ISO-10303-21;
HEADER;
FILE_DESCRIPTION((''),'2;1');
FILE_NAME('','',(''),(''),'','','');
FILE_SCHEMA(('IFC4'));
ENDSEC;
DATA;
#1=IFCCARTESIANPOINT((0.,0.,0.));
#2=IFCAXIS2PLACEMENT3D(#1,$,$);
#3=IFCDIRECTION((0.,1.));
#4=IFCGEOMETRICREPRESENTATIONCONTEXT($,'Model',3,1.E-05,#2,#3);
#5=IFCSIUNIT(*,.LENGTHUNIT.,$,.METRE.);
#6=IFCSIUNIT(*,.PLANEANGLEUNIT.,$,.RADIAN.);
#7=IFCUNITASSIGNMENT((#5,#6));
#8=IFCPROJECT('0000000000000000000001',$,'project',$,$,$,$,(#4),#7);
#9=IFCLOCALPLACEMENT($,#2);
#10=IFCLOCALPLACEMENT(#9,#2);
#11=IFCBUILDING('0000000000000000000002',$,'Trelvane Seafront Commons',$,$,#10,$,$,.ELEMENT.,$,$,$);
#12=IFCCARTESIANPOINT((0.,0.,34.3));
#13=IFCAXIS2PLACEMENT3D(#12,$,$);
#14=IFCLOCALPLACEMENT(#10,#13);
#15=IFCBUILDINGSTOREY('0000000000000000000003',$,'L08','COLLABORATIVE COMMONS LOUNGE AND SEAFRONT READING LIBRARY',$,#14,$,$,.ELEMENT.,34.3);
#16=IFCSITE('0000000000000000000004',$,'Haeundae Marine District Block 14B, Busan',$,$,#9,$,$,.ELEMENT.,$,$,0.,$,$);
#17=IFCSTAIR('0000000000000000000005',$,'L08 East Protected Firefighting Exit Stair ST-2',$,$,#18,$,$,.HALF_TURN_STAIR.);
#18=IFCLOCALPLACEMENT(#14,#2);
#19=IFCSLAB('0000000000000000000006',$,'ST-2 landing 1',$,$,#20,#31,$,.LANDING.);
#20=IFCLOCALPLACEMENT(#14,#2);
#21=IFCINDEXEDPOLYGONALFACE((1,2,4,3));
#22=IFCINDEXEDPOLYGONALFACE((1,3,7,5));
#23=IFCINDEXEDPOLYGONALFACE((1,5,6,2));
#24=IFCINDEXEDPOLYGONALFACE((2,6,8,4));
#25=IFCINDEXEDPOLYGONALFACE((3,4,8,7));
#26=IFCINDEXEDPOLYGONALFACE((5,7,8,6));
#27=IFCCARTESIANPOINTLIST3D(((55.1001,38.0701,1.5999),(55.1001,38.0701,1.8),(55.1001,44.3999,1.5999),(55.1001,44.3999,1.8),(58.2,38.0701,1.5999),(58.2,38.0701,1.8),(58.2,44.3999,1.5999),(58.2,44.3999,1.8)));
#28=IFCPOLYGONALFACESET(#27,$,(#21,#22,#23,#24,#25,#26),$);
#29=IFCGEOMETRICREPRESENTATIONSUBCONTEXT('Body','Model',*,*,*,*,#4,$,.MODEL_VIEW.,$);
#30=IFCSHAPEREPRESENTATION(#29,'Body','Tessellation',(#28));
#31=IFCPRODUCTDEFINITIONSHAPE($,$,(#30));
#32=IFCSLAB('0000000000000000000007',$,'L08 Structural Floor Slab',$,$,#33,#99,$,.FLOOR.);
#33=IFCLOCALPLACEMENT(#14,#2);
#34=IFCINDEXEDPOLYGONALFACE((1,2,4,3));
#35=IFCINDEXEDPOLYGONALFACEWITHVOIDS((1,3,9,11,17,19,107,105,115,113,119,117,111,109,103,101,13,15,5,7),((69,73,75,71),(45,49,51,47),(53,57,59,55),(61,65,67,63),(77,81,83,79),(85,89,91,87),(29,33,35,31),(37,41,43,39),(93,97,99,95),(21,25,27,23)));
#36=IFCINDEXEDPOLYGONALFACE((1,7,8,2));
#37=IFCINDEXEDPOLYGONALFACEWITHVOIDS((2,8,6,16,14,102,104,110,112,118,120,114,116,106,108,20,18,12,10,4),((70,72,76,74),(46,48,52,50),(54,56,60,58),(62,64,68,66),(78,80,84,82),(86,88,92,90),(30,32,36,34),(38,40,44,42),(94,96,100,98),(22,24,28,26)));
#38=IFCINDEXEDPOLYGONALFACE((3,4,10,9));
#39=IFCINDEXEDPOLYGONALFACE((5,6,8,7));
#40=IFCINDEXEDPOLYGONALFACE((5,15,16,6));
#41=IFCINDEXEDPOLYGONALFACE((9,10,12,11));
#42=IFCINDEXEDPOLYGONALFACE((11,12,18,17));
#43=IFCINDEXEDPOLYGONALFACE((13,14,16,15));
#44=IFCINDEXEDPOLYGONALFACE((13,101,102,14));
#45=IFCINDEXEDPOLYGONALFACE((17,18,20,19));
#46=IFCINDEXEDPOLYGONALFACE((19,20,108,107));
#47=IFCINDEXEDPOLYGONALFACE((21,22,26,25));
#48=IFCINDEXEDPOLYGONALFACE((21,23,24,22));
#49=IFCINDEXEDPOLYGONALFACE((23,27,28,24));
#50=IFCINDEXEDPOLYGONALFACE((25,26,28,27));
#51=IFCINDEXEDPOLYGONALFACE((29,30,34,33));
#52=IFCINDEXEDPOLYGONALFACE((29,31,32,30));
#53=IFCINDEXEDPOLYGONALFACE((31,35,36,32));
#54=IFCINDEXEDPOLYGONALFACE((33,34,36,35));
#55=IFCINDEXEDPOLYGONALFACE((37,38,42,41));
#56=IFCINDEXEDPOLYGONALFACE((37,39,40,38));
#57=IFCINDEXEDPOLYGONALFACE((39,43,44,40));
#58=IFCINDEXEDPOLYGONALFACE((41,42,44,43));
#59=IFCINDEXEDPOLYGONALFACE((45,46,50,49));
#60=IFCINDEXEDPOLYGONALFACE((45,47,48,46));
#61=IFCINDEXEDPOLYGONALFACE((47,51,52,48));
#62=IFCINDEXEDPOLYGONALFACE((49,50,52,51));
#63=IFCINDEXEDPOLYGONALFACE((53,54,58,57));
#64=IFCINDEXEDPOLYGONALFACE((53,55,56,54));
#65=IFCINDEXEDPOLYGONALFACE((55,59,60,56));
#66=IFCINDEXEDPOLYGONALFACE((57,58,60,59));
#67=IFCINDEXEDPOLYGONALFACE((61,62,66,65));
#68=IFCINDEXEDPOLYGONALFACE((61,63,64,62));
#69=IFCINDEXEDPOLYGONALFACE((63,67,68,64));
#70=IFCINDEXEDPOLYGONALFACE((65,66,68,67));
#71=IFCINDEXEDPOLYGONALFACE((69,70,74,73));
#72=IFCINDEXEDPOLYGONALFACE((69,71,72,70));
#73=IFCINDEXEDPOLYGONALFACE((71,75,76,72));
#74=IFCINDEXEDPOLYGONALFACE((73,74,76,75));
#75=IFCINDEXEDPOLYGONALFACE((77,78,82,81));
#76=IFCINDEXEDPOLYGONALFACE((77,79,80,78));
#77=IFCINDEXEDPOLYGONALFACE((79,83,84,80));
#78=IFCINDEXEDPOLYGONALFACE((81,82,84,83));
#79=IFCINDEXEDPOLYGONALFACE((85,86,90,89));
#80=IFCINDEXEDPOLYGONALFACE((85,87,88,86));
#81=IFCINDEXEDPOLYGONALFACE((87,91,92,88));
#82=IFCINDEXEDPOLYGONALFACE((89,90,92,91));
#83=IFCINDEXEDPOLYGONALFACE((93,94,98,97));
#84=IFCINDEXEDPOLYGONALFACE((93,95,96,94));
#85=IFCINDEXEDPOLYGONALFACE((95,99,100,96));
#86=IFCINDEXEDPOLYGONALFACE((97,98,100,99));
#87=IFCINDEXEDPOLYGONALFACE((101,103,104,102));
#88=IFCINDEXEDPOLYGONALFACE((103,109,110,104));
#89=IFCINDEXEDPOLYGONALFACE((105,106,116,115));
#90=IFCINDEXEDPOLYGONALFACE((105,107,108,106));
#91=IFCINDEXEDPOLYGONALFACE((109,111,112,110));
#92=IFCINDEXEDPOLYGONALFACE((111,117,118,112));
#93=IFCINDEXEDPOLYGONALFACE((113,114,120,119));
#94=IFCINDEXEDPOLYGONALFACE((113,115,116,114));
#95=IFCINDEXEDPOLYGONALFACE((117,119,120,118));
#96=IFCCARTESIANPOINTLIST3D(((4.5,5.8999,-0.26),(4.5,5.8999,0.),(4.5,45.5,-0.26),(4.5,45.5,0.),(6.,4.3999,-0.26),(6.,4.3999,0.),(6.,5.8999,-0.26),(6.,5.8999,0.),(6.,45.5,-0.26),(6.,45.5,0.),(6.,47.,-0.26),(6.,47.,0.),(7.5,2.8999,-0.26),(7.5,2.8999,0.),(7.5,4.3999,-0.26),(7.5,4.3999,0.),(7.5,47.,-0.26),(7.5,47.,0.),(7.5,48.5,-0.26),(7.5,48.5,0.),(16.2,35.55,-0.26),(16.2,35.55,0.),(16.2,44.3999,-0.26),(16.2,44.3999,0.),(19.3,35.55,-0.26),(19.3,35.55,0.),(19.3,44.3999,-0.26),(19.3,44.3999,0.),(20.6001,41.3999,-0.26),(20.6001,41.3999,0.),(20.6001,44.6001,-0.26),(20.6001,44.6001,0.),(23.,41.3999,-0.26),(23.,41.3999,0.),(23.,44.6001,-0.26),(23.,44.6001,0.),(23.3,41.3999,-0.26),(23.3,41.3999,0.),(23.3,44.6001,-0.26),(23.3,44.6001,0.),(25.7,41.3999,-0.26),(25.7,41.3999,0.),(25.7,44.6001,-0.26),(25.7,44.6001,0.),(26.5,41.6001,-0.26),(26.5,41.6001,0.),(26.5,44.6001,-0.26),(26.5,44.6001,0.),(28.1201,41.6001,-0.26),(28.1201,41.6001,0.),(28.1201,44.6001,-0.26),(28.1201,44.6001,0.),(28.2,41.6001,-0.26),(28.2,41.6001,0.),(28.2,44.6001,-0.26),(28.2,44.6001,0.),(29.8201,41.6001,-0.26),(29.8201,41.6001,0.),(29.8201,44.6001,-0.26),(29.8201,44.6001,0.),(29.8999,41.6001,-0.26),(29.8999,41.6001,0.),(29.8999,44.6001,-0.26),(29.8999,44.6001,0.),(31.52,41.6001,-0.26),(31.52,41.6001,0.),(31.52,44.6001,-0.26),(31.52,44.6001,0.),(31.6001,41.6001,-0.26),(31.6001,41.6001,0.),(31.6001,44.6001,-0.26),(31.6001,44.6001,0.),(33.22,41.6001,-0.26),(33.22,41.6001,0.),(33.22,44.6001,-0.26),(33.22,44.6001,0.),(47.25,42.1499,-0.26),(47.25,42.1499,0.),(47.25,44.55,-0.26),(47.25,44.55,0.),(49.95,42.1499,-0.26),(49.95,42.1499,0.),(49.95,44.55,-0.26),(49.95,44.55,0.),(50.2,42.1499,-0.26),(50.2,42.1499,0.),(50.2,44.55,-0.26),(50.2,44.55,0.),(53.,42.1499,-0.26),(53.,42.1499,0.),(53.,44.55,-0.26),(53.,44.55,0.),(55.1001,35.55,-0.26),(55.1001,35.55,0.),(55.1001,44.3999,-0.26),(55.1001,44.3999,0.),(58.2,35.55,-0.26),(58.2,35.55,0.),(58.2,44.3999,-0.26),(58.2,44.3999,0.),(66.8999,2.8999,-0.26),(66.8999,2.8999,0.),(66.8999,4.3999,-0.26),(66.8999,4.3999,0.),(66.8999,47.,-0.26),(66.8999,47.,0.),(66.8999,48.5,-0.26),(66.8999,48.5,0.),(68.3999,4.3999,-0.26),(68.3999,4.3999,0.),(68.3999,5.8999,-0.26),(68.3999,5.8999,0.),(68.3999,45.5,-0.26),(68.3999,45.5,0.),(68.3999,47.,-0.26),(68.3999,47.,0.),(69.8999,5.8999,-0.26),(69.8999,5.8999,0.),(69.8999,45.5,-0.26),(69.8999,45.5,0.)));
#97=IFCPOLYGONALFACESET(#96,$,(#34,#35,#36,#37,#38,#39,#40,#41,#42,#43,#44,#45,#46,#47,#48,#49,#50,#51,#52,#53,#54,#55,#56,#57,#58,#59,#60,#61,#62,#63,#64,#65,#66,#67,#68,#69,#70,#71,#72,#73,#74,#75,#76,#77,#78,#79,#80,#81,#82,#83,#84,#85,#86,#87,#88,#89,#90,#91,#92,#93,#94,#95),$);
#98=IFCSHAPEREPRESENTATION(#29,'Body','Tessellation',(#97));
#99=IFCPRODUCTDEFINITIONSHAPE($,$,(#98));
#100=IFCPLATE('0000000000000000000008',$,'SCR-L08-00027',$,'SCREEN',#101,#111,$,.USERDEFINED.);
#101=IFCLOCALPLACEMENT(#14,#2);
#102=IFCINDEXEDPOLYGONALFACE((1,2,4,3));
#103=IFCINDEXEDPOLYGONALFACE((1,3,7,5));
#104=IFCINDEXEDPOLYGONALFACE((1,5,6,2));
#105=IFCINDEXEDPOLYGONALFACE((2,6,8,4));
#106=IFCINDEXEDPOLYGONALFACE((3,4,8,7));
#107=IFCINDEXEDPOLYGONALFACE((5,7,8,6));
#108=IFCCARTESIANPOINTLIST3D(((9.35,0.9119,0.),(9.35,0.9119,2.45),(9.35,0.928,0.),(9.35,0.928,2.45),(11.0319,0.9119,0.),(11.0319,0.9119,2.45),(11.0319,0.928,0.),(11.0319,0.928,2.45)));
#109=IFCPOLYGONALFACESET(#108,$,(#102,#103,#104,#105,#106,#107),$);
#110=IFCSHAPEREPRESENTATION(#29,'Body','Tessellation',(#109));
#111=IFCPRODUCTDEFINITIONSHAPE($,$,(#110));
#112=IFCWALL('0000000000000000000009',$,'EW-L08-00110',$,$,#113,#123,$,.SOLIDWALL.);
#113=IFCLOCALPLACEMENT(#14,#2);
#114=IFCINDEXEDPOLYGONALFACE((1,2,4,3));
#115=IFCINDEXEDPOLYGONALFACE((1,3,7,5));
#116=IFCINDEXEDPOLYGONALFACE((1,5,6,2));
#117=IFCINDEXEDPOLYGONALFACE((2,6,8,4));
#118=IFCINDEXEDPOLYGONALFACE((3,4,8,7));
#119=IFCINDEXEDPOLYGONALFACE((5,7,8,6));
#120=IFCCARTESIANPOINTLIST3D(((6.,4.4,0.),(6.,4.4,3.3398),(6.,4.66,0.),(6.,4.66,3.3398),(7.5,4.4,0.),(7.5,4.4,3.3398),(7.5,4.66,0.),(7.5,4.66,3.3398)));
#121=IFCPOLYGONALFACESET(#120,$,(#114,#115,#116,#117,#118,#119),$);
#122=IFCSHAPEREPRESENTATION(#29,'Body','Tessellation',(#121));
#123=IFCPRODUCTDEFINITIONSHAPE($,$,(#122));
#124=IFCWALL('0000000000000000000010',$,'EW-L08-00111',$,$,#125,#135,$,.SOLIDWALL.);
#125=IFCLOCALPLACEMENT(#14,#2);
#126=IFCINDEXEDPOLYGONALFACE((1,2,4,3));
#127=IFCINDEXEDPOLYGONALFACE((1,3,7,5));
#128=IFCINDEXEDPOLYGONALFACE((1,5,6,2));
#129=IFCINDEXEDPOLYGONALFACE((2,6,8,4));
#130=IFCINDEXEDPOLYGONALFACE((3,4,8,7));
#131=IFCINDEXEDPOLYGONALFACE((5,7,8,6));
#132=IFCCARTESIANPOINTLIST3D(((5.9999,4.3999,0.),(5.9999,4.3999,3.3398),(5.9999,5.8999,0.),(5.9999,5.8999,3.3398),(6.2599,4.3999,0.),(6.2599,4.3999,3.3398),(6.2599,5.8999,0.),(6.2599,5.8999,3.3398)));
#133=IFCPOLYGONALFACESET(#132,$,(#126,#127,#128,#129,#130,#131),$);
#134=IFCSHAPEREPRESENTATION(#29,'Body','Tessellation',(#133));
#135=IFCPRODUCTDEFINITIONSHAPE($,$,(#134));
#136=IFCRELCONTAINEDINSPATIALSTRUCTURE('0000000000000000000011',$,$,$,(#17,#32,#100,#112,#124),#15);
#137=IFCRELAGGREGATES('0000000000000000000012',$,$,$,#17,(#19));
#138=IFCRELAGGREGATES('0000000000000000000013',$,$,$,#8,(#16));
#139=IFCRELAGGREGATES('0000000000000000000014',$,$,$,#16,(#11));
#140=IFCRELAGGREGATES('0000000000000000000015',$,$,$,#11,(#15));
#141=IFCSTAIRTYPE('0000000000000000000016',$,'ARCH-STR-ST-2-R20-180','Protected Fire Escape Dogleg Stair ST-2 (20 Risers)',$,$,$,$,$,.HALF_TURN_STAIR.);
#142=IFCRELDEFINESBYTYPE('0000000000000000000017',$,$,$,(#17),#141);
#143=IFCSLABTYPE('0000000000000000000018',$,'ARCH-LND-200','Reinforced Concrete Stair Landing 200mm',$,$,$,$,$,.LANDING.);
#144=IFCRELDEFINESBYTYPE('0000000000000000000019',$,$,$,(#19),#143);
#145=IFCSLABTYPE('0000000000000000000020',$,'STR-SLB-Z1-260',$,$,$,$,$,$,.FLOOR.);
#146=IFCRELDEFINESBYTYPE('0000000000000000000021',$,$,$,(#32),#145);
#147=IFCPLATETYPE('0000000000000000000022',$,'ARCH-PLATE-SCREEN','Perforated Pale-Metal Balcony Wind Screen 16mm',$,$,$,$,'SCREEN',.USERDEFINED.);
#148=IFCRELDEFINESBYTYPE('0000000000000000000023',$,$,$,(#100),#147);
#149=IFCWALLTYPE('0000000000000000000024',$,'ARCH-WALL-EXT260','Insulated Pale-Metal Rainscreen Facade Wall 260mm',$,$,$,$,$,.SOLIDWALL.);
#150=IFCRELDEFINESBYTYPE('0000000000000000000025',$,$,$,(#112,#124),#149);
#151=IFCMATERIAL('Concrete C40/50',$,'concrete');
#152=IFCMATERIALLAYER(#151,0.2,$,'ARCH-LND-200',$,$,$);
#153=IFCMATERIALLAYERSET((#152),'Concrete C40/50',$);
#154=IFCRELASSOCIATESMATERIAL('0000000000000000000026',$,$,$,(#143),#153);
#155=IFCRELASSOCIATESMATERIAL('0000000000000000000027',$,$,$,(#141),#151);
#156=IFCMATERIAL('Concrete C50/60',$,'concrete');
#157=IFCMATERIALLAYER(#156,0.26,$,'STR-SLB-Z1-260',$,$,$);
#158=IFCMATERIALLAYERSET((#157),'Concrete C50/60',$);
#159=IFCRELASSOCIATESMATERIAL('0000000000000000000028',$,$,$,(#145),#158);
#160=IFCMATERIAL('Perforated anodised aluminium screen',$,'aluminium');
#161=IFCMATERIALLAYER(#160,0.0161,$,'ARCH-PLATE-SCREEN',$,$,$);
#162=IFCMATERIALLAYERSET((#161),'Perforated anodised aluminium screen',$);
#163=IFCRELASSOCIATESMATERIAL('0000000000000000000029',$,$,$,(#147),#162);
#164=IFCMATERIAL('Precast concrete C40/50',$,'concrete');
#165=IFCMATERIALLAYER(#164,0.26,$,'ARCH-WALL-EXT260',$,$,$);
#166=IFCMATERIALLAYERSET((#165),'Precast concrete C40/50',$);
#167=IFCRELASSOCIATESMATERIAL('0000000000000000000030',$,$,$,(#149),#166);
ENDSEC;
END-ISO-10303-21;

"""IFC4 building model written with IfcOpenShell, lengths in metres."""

from ifc_helpers import new_model, si_unit, direction, frame, frame_2d, origin, origin_2d, place, context, subcontext, project, spatial, polyline, rectangle, outline, extrude, source, transform, mapped, material, layer, layer_set, type_object, element, aggregate, save


model = new_model("IFC4")

# Units and contexts
model_context = context("Model", 3, precision=1e-05, world=origin(), true_north=direction((0.0, 1.0)))
body_context = subcontext(model_context, "Body", "Model", "MODEL_VIEW")
ifc_project = project(units=[si_unit("LENGTHUNIT", "METRE"), si_unit("PLANEANGLEUNIT", "RADIAN")], contexts=[model_context])

# Site, building, storey
site_placement = place(None, origin())
site = spatial("IfcSite", under=ifc_project, at=site_placement, Name="Haeundae Marine District Block 14B, Busan", CompositionType="ELEMENT", RefElevation=0.0)
building_placement = place(site_placement, origin())
building = spatial("IfcBuilding", under=site, at=building_placement, Name="Trelvane Seafront Commons", CompositionType="ELEMENT")
storey_placement = place(building_placement, frame((0.0, 0.0, 34.3)))
storey = spatial("IfcBuildingStorey", under=building, at=storey_placement, Name="L08", Description="COLLABORATIVE COMMONS LOUNGE AND SEAFRONT READING LIBRARY", CompositionType="ELEMENT", Elevation=34.3)

# Shared definitions
ifc_material_1 = material(Name="Concrete C40/50", Category="concrete")

# Stair, slab
ifc_layer_1 = layer(ifc_material_1, 0.2, Name="ARCH-LND-200")
ifc_layer_set_1 = layer_set([ifc_layer_1], Name="Concrete C40/50")
slab_type_1 = type_object("IfcSlabType", Name="ARCH-LND-200", Description="Reinforced Concrete Stair Landing 200mm", PredefinedType="LANDING", material=ifc_layer_set_1)
stair_type_1 = type_object("IfcStairType", Name="ARCH-STR-ST-2-R20-180", Description="Protected Fire Escape Dogleg Stair ST-2 (20 Risers)", PredefinedType="HALF_TURN_STAIR", material=ifc_material_1)
stair_1_placement = place(storey_placement, origin())
stair_1 = element("IfcStair", 1, at=stair_1_placement, inside=storey, type_object=stair_type_1, Name="L08 East Protected Firefighting Exit Stair ST-2", PredefinedType="HALF_TURN_STAIR")
slab_1_placement = place(storey_placement, frame((0.0, 0.0, 1.5999)))
slab_1 = element("IfcSlab", 2, at=slab_1_placement, type_object=slab_type_1, Name="ST-2 landing 1", PredefinedType="LANDING", context=body_context, shape_type="SweptSolid", body=[
    extrude(outline(polyline([(58.2, 38.0701), (58.2, 44.3999), (55.1001, 44.3999), (55.1001, 38.0701), (58.2, 38.0701)])), origin(), (0.0, 0.0, 1.0), 0.2002),
])
aggregate(stair_1, [slab_1])

# Slab
ifc_material_2 = material(Name="Concrete C50/60", Category="concrete")
ifc_layer_2 = layer(ifc_material_2, 0.26, Name="STR-SLB-Z1-260")
ifc_layer_set_2 = layer_set([ifc_layer_2], Name="Concrete C50/60")
slab_type_2 = type_object("IfcSlabType", Name="STR-SLB-Z1-260", PredefinedType="FLOOR", material=ifc_layer_set_2)
slab_2_placement = place(storey_placement, frame((0.0, 0.0, -0.26)))
element("IfcSlab", 3, at=slab_2_placement, inside=storey, type_object=slab_type_2, Name="L08 Structural Floor Slab", PredefinedType="FLOOR", context=body_context, shape_type="SweptSolid", body=[
    extrude(outline(polyline([(7.5, 2.8999), (66.8999, 2.8999), (66.8999, 4.3999), (68.3999, 4.3999), (68.3999, 5.8999), (69.8999, 5.8999), (69.8999, 45.5), (68.3999, 45.5), (68.3999, 47.0), (66.8999, 47.0), (66.8999, 48.5), (7.5, 48.5), (7.5, 47.0), (6.0, 47.0), (6.0, 45.5), (4.5, 45.5), (4.5, 5.8999), (6.0, 5.8999), (6.0, 4.3999), (7.5, 4.3999), (7.5, 2.8999)]), holes=[polyline([(19.3, 35.55), (16.2, 35.55), (16.2, 44.3999), (19.3, 44.3999), (19.3, 35.55)]), polyline([(58.2, 35.55), (55.1001, 35.55), (55.1001, 44.3999), (58.2, 44.3999), (58.2, 35.55)]), polyline([(23.0, 41.3999), (20.6001, 41.3999), (20.6001, 44.6001), (23.0, 44.6001), (23.0, 41.3999)]), polyline([(23.3, 41.3999), (23.3, 44.6001), (25.7, 44.6001), (25.7, 41.3999), (23.3, 41.3999)]), polyline([(26.5, 41.6001), (26.5, 44.6001), (28.1201, 44.6001), (28.1201, 41.6001), (26.5, 41.6001)]), polyline([(29.8201, 41.6001), (28.2, 41.6001), (28.2, 44.6001), (29.8201, 44.6001), (29.8201, 41.6001)]), polyline([(31.52, 41.6001), (29.8999, 41.6001), (29.8999, 44.6001), (31.52, 44.6001), (31.52, 41.6001)]), polyline([(33.22, 41.6001), (31.6001, 41.6001), (31.6001, 44.6001), (33.22, 44.6001), (33.22, 41.6001)]), polyline([(47.25, 42.1499), (47.25, 44.55), (49.95, 44.55), (49.95, 42.1499), (47.25, 42.1499)]), polyline([(50.2, 42.1499), (50.2, 44.55), (53.0, 44.55), (53.0, 42.1499), (50.2, 42.1499)])]), origin(), (0.0, 0.0, 1.0), 0.26),
])

# Plate
ifc_material_3 = material(Name="Perforated anodised aluminium screen", Category="aluminium")
ifc_layer_3 = layer(ifc_material_3, 0.0161, Name="ARCH-PLATE-SCREEN")
ifc_layer_set_3 = layer_set([ifc_layer_3], Name="Perforated anodised aluminium screen")
plate_type = type_object("IfcPlateType", Name="ARCH-PLATE-SCREEN", Description="Perforated Pale-Metal Balcony Wind Screen 16mm", ElementType="SCREEN", PredefinedType="USERDEFINED", material=ifc_layer_set_3)
shared_shape_1 = source(origin(), body_context, "Body", "SweptSolid", [
    extrude(rectangle(XDim=1.6819, YDim=0.0161, at=origin_2d()), origin(), (0.0, 0.0, 1.0), 2.45),
])
plate_placement = place(storey_placement, frame((10.1909, 0.9199, 0.0), z_axis=(0.0, 0.0, 1.0), x_axis=(1.0, 0.0, 0.0)))
element("IfcPlate", 4, at=plate_placement, inside=storey, type_object=plate_type, Name="SCR-L08-00027", ObjectType="SCREEN", PredefinedType="USERDEFINED", context=body_context, shape_type="MappedRepresentation", body=[
    mapped(shared_shape_1, transform((0.0, 0.0, 0.0), x_axis=(1.0, 0.0, 0.0), y_axis=(0.0, 1.0, 0.0), z_axis=(0.0, 0.0, 1.0), scale=1.0)),
])

# Walls
ifc_material_4 = material(Name="Precast concrete C40/50", Category="concrete")
ifc_layer_4 = layer(ifc_material_4, 0.26, Name="ARCH-WALL-EXT260")
ifc_layer_set_4 = layer_set([ifc_layer_4], Name="Precast concrete C40/50")
wall_type_1 = type_object("IfcWallType", Name="ARCH-WALL-EXT260", Description="Insulated Pale-Metal Rainscreen Facade Wall 260mm", PredefinedType="SOLIDWALL", material=ifc_layer_set_4)
for number, where, z_axis, x_axis, name in (
    (5, (7.5, 4.53, 0.0), (0.0, 0.0, 1.0), (-1.0, 0.0, 0.0), "EW-L08-00110"),
    (6, (6.1299, 4.3999, 0.0), (0.0, 0.0, 1.0), (0.0, 1.0, 0.0), "EW-L08-00111"),
):
    element("IfcWall", number, at=place(storey_placement, frame(where, z_axis=z_axis, x_axis=x_axis)), inside=storey, type_object=wall_type_1, Name=name, PredefinedType="SOLIDWALL", context=body_context, shape_type="SweptSolid", body=[
        extrude(rectangle(XDim=1.5, YDim=0.26, at=frame_2d((0.75, 0.0))), origin(), (0.0, 0.0, 1.0), 3.3398),
    ])

save(model, "model.ifc")
